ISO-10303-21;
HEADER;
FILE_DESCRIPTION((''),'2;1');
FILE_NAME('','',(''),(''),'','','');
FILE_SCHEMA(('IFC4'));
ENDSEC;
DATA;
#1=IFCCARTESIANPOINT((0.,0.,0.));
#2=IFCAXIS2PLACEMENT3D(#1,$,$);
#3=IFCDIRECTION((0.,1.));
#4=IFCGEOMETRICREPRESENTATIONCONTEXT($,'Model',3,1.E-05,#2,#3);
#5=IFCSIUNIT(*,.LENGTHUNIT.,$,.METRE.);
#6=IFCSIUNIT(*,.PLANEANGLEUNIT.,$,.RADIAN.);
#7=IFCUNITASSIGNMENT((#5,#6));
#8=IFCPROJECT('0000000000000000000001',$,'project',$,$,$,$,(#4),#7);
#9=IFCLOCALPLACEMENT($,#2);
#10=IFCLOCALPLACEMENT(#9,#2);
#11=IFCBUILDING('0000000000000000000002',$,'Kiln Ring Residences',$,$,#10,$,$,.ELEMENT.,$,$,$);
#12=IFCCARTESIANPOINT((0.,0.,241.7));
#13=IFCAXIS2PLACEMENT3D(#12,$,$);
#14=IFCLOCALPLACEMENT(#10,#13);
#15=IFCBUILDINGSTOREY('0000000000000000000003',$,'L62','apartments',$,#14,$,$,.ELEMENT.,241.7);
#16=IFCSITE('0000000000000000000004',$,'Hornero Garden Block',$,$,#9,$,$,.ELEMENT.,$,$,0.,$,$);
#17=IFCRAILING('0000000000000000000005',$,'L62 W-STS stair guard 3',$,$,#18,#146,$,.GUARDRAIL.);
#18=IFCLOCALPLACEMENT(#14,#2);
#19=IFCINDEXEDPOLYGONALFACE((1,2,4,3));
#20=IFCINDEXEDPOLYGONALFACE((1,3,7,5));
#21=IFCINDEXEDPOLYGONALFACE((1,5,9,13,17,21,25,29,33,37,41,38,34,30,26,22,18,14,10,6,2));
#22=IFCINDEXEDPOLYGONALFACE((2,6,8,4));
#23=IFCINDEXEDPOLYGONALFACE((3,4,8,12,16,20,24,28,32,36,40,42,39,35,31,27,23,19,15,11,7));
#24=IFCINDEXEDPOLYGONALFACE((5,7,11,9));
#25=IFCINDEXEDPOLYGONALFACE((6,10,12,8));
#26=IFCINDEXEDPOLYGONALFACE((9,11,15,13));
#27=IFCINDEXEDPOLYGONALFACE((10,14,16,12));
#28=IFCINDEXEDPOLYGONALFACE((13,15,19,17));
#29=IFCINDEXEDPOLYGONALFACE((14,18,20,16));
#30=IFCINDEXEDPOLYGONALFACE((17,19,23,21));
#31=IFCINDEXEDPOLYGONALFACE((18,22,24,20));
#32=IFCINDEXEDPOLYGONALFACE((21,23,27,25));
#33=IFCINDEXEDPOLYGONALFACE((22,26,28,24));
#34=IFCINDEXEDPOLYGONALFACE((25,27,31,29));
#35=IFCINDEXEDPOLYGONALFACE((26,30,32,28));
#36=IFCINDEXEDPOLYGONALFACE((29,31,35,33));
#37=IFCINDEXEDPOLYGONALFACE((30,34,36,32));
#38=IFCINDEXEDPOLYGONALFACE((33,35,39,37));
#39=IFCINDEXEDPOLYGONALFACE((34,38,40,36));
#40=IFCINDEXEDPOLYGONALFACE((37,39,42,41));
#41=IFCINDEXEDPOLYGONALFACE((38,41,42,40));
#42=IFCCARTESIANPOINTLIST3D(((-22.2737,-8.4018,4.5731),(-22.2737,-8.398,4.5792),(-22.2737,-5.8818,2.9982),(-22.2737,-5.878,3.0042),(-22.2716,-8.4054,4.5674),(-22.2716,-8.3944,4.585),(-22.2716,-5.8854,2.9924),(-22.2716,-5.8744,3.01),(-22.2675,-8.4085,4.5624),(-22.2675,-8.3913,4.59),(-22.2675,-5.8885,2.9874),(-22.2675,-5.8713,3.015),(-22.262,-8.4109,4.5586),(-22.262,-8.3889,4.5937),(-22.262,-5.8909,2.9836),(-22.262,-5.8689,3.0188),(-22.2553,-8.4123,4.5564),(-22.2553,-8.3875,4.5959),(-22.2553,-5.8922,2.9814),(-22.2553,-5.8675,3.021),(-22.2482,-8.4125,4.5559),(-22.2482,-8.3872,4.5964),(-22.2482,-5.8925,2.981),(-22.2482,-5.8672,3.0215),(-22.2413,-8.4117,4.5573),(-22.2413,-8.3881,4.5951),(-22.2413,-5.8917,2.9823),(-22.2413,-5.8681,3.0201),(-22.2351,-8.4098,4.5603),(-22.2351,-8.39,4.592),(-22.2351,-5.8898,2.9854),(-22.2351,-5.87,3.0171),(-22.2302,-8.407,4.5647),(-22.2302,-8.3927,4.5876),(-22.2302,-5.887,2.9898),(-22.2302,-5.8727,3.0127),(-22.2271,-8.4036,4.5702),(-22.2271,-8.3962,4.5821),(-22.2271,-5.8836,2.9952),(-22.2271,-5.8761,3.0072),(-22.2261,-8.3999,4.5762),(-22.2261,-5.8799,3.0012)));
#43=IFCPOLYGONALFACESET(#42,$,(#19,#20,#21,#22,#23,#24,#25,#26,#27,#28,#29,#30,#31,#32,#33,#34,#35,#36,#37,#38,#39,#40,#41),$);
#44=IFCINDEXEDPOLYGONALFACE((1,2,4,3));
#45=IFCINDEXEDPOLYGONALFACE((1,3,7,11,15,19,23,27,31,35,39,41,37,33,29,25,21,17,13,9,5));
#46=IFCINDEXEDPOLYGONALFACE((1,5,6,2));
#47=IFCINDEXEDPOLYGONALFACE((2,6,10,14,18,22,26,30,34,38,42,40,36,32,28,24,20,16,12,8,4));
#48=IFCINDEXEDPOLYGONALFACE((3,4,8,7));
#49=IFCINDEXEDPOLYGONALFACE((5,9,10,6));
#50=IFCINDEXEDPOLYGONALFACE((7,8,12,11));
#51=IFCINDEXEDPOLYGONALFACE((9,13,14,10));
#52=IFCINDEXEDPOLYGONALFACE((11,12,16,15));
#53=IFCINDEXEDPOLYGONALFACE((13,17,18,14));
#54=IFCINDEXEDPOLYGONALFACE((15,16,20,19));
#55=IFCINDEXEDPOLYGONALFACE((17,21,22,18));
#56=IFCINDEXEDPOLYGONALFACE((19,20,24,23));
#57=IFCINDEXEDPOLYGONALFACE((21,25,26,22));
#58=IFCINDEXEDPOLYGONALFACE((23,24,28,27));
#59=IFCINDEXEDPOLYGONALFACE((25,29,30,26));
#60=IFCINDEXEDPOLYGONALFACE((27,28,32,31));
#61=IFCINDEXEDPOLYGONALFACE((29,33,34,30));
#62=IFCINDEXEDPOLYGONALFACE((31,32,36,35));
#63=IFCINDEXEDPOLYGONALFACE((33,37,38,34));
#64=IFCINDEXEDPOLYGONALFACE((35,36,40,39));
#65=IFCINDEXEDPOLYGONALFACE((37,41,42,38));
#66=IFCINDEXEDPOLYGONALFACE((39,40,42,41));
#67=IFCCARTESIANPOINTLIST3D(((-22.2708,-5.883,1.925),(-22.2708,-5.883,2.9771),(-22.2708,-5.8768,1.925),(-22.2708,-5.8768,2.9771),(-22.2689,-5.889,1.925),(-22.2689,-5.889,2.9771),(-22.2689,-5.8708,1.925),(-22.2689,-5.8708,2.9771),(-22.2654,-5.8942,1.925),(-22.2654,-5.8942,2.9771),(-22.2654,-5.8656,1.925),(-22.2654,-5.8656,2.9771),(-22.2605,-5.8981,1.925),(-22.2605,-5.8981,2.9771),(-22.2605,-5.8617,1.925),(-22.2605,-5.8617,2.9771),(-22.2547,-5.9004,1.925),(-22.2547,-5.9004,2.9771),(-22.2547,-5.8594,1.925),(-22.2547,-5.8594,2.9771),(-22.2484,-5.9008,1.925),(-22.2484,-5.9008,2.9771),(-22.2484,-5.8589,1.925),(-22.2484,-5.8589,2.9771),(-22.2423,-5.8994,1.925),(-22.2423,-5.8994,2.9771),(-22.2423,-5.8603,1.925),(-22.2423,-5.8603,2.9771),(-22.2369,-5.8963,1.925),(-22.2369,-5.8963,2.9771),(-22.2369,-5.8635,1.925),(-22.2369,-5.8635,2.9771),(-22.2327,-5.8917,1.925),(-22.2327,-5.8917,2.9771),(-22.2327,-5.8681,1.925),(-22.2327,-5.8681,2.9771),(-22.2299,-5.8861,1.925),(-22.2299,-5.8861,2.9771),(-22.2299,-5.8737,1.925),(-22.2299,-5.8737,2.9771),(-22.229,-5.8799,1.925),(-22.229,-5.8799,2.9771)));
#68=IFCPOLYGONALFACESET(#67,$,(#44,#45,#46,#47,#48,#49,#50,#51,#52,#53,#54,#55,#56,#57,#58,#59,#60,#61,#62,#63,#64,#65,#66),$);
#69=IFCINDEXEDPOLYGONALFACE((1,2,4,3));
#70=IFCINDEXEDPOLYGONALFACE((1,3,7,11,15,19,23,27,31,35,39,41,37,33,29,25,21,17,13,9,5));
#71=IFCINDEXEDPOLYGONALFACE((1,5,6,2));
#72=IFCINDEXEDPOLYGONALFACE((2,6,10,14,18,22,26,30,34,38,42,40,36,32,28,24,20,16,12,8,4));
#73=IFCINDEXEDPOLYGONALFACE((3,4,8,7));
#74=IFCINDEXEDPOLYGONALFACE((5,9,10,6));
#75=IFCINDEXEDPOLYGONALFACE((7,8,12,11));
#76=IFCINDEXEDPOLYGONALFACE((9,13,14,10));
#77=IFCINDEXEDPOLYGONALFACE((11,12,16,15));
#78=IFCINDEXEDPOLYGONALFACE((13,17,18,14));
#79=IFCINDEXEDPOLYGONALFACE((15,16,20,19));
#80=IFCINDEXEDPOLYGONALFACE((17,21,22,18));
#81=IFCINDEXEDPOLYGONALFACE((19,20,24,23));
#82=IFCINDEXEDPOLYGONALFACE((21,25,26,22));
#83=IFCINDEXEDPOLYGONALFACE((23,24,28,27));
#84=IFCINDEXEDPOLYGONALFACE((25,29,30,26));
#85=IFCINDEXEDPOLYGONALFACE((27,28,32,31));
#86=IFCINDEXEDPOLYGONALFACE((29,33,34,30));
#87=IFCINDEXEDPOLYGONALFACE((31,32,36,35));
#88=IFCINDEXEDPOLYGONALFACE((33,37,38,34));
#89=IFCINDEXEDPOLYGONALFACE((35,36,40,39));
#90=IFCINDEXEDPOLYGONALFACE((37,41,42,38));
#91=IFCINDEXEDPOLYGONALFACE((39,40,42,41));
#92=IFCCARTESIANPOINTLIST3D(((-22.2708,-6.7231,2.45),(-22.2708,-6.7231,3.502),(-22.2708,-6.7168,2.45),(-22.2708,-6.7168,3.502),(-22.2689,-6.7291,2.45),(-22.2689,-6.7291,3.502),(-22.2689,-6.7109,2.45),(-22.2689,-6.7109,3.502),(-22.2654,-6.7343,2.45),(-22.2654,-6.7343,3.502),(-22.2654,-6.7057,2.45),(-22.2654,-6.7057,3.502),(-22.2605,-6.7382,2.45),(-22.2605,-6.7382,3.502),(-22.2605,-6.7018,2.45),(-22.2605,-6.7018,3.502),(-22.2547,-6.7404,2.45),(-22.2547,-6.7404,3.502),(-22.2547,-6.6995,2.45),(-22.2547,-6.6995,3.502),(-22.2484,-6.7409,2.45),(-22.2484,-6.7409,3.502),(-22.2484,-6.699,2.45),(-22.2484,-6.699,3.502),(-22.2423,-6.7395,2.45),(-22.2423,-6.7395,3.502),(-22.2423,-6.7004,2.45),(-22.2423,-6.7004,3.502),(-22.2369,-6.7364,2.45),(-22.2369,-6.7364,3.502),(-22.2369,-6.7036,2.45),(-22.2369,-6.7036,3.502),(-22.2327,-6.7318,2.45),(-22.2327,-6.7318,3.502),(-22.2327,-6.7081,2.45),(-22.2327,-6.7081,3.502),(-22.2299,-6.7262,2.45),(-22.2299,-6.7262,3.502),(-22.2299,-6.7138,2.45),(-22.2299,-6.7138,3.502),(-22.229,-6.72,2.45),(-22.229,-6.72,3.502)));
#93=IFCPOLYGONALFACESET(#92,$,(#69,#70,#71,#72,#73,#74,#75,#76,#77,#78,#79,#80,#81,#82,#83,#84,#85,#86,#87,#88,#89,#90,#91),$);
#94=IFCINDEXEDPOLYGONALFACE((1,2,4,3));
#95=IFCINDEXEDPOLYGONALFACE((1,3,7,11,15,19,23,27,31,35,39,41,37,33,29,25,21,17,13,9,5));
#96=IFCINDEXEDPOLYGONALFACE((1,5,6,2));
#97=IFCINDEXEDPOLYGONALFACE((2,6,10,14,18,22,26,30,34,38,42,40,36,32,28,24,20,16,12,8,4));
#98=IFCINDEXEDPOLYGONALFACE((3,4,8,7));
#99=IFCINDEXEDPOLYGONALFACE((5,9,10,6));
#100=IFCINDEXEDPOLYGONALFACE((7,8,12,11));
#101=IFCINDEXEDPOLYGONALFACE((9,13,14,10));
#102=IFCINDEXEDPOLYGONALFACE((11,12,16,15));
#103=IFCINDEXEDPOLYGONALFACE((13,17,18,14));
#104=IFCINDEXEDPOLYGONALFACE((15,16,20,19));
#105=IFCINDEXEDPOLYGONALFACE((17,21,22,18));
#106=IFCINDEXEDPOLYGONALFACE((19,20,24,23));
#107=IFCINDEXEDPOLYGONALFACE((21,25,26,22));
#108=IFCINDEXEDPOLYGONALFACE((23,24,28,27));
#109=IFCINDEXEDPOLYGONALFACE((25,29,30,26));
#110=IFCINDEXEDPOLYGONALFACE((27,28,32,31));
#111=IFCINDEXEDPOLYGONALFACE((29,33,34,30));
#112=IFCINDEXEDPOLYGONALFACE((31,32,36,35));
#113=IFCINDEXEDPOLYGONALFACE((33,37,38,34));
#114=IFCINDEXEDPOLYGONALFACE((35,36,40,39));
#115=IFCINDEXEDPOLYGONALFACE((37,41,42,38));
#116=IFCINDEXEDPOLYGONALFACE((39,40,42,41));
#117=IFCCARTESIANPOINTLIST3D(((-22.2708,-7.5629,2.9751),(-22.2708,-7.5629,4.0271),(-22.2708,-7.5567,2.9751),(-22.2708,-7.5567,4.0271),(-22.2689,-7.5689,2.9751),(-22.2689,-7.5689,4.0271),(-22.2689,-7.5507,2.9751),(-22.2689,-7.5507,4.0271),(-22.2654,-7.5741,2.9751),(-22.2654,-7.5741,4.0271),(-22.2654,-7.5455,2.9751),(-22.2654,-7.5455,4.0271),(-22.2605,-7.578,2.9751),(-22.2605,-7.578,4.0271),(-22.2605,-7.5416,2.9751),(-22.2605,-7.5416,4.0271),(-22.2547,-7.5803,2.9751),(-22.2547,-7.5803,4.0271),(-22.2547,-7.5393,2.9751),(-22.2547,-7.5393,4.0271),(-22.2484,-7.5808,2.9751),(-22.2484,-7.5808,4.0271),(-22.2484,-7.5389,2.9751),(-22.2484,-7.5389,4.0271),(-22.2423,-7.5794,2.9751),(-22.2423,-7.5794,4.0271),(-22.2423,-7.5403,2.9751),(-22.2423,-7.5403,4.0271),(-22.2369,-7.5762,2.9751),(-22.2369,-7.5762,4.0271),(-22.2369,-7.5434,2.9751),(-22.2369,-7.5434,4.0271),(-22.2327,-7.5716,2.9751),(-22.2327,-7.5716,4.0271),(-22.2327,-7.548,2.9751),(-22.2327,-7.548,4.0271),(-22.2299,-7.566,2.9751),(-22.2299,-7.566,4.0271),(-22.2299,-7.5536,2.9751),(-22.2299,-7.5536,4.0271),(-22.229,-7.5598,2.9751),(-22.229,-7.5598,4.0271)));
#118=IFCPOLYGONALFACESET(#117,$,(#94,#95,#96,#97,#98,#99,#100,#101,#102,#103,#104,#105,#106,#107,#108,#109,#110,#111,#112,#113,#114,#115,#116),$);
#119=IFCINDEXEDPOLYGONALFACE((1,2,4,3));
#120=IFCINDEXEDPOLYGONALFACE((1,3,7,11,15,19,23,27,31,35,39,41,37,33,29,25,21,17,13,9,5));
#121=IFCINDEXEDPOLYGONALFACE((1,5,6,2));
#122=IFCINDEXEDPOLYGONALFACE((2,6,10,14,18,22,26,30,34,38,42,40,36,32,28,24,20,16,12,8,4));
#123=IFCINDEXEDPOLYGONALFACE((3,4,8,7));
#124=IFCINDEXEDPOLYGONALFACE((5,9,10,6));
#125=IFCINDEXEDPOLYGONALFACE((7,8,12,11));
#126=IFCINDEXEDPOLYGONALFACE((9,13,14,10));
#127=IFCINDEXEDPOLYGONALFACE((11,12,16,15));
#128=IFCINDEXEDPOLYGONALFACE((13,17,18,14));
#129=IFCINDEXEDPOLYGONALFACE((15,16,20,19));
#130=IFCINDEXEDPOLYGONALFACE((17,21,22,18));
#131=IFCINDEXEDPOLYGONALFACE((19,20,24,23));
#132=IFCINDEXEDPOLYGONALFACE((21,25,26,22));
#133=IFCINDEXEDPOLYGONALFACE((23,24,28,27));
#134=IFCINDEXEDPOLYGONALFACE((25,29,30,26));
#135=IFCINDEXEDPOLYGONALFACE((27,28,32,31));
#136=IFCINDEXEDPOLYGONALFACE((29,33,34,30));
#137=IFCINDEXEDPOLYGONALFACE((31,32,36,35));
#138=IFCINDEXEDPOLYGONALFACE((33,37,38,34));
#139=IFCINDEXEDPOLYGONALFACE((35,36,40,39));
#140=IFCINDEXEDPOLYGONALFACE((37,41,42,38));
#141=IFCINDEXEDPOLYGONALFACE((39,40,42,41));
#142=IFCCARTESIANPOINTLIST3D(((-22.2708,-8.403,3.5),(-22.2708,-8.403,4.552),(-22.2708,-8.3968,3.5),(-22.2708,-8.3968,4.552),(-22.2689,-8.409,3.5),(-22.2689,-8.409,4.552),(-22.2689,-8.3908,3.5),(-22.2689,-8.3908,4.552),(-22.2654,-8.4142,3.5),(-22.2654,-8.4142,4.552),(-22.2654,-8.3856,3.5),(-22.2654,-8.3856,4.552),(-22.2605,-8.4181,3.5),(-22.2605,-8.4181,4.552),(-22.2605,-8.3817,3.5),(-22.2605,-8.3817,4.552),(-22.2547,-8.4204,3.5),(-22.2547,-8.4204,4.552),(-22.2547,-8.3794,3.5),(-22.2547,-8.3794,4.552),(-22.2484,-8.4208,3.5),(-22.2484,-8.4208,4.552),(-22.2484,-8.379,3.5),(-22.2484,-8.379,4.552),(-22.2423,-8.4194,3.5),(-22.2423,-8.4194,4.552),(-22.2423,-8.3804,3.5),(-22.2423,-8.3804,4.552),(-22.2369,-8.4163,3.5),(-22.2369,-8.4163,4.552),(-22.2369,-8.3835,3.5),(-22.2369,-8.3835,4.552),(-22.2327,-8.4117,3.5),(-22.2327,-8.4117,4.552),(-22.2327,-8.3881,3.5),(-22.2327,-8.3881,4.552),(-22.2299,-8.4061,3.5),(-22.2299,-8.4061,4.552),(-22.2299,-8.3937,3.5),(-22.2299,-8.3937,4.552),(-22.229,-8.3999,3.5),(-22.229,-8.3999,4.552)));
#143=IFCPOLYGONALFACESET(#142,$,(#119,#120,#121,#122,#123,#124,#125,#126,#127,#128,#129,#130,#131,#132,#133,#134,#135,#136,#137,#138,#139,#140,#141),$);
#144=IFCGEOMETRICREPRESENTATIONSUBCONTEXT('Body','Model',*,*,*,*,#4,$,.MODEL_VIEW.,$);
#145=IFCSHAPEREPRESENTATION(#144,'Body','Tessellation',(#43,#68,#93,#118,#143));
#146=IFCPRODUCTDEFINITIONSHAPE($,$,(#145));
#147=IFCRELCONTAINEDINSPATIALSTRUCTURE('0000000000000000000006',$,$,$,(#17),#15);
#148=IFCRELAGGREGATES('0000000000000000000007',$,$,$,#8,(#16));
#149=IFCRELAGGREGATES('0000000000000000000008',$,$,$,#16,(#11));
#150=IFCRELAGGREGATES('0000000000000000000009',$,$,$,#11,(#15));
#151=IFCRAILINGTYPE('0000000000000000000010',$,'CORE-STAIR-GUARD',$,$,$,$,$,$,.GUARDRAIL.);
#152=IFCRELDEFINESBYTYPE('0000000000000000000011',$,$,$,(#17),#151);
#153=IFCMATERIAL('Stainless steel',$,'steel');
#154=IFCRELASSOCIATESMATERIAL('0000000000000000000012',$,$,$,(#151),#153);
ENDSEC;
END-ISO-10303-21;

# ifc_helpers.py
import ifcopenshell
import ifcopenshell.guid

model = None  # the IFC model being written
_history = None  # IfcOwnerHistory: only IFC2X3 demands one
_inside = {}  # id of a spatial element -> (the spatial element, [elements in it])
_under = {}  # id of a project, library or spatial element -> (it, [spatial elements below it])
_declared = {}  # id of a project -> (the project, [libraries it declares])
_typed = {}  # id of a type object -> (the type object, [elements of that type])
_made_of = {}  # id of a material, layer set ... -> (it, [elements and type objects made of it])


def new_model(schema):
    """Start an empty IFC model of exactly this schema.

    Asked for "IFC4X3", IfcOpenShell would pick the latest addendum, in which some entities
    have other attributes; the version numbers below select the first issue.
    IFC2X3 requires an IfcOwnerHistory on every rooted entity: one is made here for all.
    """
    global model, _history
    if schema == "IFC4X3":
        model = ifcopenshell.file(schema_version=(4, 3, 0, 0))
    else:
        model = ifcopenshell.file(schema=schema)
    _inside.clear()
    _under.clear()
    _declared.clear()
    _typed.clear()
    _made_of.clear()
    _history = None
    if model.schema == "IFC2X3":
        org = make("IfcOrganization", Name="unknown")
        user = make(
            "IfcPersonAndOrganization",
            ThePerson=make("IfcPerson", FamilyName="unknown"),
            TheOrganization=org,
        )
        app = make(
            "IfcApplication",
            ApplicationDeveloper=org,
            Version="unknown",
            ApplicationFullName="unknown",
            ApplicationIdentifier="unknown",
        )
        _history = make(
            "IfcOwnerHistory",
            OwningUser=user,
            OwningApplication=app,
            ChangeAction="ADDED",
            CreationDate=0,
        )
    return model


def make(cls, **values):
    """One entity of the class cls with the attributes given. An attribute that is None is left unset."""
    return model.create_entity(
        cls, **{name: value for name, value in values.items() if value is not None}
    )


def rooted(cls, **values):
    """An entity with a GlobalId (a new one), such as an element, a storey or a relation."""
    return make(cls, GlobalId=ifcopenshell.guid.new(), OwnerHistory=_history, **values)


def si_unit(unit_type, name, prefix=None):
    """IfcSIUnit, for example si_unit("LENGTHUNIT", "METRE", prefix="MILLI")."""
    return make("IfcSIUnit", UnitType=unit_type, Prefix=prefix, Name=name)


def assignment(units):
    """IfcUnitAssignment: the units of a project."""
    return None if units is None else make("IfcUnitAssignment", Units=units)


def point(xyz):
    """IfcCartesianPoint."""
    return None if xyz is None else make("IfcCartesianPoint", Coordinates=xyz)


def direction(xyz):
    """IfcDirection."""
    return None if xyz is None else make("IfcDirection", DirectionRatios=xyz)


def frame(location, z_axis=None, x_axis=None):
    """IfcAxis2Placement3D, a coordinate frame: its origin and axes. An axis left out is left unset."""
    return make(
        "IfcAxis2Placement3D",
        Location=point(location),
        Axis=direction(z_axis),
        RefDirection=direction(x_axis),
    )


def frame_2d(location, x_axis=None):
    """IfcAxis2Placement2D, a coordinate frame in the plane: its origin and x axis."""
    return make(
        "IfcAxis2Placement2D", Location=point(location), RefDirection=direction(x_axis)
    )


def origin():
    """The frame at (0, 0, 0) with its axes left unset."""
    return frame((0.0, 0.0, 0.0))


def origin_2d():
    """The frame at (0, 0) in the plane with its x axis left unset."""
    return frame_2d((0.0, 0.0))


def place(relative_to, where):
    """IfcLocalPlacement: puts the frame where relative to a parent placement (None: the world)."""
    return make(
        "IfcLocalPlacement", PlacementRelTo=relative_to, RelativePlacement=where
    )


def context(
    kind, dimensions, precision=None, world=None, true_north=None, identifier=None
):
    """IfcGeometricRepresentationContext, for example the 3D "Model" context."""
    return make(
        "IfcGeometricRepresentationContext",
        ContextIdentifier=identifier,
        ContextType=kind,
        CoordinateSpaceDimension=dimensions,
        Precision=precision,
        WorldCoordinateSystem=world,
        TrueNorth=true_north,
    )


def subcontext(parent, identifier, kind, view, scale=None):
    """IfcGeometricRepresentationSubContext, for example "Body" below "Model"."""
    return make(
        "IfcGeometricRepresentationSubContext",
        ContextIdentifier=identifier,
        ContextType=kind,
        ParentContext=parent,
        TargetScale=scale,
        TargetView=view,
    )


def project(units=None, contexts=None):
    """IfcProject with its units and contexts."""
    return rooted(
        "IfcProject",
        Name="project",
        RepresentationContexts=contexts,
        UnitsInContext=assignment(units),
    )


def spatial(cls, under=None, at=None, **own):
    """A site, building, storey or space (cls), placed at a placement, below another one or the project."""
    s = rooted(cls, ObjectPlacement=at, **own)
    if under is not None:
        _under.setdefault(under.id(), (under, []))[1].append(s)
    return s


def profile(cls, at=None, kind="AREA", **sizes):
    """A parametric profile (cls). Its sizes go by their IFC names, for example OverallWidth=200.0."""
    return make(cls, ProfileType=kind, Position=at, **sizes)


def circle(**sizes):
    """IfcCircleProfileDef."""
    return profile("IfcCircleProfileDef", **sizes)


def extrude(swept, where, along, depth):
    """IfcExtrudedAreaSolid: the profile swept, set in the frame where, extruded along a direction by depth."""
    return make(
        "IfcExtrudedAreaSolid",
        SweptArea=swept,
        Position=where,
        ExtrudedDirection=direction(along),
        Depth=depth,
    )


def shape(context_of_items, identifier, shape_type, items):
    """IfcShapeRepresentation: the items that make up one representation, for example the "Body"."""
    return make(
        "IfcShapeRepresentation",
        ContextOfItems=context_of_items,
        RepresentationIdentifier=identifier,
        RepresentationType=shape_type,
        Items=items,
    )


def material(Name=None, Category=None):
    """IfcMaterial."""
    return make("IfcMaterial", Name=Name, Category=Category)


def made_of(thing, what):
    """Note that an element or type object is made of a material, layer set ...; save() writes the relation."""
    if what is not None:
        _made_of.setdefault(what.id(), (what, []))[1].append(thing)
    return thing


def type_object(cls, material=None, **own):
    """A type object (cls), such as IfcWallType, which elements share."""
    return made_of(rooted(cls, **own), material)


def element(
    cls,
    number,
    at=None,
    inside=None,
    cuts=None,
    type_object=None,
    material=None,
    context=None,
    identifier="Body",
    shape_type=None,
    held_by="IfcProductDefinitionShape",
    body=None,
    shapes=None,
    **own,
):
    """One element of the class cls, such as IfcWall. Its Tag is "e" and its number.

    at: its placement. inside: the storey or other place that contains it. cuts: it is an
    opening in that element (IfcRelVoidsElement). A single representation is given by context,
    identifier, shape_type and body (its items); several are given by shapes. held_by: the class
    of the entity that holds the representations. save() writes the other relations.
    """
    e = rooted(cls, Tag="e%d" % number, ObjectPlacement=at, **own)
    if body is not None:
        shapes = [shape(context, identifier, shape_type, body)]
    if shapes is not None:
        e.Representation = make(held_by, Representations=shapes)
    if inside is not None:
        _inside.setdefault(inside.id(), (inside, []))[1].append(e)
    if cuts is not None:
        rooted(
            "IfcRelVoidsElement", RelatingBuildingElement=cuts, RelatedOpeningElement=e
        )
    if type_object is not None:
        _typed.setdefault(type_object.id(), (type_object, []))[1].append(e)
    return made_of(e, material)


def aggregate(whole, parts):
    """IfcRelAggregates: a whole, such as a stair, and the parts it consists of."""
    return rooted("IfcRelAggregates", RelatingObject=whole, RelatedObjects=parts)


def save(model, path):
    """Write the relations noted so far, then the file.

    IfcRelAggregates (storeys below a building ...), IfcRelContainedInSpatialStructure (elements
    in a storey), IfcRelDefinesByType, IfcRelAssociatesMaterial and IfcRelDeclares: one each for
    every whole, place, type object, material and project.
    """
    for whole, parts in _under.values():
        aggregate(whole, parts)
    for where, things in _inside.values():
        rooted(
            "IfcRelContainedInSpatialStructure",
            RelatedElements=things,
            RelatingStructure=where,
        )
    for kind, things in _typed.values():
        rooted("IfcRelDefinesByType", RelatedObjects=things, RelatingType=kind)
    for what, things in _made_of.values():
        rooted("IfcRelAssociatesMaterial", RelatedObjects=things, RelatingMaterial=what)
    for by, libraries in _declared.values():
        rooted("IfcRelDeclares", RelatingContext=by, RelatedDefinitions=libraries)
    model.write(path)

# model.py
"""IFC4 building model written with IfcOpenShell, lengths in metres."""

from ifc_helpers import new_model, si_unit, direction, frame, origin, origin_2d, place, context, subcontext, project, spatial, circle, extrude, material, type_object, element, save


model = new_model("IFC4")

# Units and contexts
model_context = context("Model", 3, precision=1e-05, world=origin(), true_north=direction((0.0, 1.0)))
body_context = subcontext(model_context, "Body", "Model", "MODEL_VIEW")
ifc_project = project(units=[si_unit("LENGTHUNIT", "METRE"), si_unit("PLANEANGLEUNIT", "RADIAN")], contexts=[model_context])

# Site, building, storey
site_placement = place(None, origin())
site = spatial("IfcSite", under=ifc_project, at=site_placement, Name="Hornero Garden Block", CompositionType="ELEMENT", RefElevation=0.0)
building_placement = place(site_placement, origin())
building = spatial("IfcBuilding", under=site, at=building_placement, Name="Kiln Ring Residences", CompositionType="ELEMENT")
storey_placement = place(building_placement, frame((0.0, 0.0, 241.7)))
storey = spatial("IfcBuildingStorey", under=building, at=storey_placement, Name="L62", Description="apartments", CompositionType="ELEMENT", Elevation=241.7)

# Railing
ifc_material_1 = material(Name="Stainless steel", Category="steel")
railing_type_1 = type_object("IfcRailingType", Name="CORE-STAIR-GUARD", PredefinedType="GUARDRAIL", material=ifc_material_1)
railing_1_placement = place(storey_placement, frame((-22.25, -5.8799, 1.925)))
element("IfcRailing", 1, at=railing_1_placement, inside=storey, type_object=railing_type_1, Name="L62 W-STS stair guard 3", PredefinedType="GUARDRAIL", context=body_context, shape_type="SweptSolid", body=[
    extrude(circle(Radius=0.0239, at=origin_2d()), frame((0.0, 0.0, 1.0762), z_axis=(0.0, -0.848008, 0.529984), x_axis=(1.0, 0.0, 0.0)), (0.0, 0.0, 1.0), 2.9717),
    extrude(circle(Radius=0.021, at=origin_2d()), origin(), (0.0, 0.0, 1.0), 1.052),
    extrude(circle(Radius=0.021, at=origin_2d()), frame((0.0, -0.8401, 0.5249)), (0.0, 0.0, 1.0), 1.052),
    extrude(circle(Radius=0.021, at=origin_2d()), frame((0.0, -1.6799, 1.05)), (0.0, 0.0, 1.0), 1.052),
    extrude(circle(Radius=0.021, at=origin_2d()), frame((0.0, -2.52, 1.575)), (0.0, 0.0, 1.0), 1.052),
])

save(model, "model.ifc")
